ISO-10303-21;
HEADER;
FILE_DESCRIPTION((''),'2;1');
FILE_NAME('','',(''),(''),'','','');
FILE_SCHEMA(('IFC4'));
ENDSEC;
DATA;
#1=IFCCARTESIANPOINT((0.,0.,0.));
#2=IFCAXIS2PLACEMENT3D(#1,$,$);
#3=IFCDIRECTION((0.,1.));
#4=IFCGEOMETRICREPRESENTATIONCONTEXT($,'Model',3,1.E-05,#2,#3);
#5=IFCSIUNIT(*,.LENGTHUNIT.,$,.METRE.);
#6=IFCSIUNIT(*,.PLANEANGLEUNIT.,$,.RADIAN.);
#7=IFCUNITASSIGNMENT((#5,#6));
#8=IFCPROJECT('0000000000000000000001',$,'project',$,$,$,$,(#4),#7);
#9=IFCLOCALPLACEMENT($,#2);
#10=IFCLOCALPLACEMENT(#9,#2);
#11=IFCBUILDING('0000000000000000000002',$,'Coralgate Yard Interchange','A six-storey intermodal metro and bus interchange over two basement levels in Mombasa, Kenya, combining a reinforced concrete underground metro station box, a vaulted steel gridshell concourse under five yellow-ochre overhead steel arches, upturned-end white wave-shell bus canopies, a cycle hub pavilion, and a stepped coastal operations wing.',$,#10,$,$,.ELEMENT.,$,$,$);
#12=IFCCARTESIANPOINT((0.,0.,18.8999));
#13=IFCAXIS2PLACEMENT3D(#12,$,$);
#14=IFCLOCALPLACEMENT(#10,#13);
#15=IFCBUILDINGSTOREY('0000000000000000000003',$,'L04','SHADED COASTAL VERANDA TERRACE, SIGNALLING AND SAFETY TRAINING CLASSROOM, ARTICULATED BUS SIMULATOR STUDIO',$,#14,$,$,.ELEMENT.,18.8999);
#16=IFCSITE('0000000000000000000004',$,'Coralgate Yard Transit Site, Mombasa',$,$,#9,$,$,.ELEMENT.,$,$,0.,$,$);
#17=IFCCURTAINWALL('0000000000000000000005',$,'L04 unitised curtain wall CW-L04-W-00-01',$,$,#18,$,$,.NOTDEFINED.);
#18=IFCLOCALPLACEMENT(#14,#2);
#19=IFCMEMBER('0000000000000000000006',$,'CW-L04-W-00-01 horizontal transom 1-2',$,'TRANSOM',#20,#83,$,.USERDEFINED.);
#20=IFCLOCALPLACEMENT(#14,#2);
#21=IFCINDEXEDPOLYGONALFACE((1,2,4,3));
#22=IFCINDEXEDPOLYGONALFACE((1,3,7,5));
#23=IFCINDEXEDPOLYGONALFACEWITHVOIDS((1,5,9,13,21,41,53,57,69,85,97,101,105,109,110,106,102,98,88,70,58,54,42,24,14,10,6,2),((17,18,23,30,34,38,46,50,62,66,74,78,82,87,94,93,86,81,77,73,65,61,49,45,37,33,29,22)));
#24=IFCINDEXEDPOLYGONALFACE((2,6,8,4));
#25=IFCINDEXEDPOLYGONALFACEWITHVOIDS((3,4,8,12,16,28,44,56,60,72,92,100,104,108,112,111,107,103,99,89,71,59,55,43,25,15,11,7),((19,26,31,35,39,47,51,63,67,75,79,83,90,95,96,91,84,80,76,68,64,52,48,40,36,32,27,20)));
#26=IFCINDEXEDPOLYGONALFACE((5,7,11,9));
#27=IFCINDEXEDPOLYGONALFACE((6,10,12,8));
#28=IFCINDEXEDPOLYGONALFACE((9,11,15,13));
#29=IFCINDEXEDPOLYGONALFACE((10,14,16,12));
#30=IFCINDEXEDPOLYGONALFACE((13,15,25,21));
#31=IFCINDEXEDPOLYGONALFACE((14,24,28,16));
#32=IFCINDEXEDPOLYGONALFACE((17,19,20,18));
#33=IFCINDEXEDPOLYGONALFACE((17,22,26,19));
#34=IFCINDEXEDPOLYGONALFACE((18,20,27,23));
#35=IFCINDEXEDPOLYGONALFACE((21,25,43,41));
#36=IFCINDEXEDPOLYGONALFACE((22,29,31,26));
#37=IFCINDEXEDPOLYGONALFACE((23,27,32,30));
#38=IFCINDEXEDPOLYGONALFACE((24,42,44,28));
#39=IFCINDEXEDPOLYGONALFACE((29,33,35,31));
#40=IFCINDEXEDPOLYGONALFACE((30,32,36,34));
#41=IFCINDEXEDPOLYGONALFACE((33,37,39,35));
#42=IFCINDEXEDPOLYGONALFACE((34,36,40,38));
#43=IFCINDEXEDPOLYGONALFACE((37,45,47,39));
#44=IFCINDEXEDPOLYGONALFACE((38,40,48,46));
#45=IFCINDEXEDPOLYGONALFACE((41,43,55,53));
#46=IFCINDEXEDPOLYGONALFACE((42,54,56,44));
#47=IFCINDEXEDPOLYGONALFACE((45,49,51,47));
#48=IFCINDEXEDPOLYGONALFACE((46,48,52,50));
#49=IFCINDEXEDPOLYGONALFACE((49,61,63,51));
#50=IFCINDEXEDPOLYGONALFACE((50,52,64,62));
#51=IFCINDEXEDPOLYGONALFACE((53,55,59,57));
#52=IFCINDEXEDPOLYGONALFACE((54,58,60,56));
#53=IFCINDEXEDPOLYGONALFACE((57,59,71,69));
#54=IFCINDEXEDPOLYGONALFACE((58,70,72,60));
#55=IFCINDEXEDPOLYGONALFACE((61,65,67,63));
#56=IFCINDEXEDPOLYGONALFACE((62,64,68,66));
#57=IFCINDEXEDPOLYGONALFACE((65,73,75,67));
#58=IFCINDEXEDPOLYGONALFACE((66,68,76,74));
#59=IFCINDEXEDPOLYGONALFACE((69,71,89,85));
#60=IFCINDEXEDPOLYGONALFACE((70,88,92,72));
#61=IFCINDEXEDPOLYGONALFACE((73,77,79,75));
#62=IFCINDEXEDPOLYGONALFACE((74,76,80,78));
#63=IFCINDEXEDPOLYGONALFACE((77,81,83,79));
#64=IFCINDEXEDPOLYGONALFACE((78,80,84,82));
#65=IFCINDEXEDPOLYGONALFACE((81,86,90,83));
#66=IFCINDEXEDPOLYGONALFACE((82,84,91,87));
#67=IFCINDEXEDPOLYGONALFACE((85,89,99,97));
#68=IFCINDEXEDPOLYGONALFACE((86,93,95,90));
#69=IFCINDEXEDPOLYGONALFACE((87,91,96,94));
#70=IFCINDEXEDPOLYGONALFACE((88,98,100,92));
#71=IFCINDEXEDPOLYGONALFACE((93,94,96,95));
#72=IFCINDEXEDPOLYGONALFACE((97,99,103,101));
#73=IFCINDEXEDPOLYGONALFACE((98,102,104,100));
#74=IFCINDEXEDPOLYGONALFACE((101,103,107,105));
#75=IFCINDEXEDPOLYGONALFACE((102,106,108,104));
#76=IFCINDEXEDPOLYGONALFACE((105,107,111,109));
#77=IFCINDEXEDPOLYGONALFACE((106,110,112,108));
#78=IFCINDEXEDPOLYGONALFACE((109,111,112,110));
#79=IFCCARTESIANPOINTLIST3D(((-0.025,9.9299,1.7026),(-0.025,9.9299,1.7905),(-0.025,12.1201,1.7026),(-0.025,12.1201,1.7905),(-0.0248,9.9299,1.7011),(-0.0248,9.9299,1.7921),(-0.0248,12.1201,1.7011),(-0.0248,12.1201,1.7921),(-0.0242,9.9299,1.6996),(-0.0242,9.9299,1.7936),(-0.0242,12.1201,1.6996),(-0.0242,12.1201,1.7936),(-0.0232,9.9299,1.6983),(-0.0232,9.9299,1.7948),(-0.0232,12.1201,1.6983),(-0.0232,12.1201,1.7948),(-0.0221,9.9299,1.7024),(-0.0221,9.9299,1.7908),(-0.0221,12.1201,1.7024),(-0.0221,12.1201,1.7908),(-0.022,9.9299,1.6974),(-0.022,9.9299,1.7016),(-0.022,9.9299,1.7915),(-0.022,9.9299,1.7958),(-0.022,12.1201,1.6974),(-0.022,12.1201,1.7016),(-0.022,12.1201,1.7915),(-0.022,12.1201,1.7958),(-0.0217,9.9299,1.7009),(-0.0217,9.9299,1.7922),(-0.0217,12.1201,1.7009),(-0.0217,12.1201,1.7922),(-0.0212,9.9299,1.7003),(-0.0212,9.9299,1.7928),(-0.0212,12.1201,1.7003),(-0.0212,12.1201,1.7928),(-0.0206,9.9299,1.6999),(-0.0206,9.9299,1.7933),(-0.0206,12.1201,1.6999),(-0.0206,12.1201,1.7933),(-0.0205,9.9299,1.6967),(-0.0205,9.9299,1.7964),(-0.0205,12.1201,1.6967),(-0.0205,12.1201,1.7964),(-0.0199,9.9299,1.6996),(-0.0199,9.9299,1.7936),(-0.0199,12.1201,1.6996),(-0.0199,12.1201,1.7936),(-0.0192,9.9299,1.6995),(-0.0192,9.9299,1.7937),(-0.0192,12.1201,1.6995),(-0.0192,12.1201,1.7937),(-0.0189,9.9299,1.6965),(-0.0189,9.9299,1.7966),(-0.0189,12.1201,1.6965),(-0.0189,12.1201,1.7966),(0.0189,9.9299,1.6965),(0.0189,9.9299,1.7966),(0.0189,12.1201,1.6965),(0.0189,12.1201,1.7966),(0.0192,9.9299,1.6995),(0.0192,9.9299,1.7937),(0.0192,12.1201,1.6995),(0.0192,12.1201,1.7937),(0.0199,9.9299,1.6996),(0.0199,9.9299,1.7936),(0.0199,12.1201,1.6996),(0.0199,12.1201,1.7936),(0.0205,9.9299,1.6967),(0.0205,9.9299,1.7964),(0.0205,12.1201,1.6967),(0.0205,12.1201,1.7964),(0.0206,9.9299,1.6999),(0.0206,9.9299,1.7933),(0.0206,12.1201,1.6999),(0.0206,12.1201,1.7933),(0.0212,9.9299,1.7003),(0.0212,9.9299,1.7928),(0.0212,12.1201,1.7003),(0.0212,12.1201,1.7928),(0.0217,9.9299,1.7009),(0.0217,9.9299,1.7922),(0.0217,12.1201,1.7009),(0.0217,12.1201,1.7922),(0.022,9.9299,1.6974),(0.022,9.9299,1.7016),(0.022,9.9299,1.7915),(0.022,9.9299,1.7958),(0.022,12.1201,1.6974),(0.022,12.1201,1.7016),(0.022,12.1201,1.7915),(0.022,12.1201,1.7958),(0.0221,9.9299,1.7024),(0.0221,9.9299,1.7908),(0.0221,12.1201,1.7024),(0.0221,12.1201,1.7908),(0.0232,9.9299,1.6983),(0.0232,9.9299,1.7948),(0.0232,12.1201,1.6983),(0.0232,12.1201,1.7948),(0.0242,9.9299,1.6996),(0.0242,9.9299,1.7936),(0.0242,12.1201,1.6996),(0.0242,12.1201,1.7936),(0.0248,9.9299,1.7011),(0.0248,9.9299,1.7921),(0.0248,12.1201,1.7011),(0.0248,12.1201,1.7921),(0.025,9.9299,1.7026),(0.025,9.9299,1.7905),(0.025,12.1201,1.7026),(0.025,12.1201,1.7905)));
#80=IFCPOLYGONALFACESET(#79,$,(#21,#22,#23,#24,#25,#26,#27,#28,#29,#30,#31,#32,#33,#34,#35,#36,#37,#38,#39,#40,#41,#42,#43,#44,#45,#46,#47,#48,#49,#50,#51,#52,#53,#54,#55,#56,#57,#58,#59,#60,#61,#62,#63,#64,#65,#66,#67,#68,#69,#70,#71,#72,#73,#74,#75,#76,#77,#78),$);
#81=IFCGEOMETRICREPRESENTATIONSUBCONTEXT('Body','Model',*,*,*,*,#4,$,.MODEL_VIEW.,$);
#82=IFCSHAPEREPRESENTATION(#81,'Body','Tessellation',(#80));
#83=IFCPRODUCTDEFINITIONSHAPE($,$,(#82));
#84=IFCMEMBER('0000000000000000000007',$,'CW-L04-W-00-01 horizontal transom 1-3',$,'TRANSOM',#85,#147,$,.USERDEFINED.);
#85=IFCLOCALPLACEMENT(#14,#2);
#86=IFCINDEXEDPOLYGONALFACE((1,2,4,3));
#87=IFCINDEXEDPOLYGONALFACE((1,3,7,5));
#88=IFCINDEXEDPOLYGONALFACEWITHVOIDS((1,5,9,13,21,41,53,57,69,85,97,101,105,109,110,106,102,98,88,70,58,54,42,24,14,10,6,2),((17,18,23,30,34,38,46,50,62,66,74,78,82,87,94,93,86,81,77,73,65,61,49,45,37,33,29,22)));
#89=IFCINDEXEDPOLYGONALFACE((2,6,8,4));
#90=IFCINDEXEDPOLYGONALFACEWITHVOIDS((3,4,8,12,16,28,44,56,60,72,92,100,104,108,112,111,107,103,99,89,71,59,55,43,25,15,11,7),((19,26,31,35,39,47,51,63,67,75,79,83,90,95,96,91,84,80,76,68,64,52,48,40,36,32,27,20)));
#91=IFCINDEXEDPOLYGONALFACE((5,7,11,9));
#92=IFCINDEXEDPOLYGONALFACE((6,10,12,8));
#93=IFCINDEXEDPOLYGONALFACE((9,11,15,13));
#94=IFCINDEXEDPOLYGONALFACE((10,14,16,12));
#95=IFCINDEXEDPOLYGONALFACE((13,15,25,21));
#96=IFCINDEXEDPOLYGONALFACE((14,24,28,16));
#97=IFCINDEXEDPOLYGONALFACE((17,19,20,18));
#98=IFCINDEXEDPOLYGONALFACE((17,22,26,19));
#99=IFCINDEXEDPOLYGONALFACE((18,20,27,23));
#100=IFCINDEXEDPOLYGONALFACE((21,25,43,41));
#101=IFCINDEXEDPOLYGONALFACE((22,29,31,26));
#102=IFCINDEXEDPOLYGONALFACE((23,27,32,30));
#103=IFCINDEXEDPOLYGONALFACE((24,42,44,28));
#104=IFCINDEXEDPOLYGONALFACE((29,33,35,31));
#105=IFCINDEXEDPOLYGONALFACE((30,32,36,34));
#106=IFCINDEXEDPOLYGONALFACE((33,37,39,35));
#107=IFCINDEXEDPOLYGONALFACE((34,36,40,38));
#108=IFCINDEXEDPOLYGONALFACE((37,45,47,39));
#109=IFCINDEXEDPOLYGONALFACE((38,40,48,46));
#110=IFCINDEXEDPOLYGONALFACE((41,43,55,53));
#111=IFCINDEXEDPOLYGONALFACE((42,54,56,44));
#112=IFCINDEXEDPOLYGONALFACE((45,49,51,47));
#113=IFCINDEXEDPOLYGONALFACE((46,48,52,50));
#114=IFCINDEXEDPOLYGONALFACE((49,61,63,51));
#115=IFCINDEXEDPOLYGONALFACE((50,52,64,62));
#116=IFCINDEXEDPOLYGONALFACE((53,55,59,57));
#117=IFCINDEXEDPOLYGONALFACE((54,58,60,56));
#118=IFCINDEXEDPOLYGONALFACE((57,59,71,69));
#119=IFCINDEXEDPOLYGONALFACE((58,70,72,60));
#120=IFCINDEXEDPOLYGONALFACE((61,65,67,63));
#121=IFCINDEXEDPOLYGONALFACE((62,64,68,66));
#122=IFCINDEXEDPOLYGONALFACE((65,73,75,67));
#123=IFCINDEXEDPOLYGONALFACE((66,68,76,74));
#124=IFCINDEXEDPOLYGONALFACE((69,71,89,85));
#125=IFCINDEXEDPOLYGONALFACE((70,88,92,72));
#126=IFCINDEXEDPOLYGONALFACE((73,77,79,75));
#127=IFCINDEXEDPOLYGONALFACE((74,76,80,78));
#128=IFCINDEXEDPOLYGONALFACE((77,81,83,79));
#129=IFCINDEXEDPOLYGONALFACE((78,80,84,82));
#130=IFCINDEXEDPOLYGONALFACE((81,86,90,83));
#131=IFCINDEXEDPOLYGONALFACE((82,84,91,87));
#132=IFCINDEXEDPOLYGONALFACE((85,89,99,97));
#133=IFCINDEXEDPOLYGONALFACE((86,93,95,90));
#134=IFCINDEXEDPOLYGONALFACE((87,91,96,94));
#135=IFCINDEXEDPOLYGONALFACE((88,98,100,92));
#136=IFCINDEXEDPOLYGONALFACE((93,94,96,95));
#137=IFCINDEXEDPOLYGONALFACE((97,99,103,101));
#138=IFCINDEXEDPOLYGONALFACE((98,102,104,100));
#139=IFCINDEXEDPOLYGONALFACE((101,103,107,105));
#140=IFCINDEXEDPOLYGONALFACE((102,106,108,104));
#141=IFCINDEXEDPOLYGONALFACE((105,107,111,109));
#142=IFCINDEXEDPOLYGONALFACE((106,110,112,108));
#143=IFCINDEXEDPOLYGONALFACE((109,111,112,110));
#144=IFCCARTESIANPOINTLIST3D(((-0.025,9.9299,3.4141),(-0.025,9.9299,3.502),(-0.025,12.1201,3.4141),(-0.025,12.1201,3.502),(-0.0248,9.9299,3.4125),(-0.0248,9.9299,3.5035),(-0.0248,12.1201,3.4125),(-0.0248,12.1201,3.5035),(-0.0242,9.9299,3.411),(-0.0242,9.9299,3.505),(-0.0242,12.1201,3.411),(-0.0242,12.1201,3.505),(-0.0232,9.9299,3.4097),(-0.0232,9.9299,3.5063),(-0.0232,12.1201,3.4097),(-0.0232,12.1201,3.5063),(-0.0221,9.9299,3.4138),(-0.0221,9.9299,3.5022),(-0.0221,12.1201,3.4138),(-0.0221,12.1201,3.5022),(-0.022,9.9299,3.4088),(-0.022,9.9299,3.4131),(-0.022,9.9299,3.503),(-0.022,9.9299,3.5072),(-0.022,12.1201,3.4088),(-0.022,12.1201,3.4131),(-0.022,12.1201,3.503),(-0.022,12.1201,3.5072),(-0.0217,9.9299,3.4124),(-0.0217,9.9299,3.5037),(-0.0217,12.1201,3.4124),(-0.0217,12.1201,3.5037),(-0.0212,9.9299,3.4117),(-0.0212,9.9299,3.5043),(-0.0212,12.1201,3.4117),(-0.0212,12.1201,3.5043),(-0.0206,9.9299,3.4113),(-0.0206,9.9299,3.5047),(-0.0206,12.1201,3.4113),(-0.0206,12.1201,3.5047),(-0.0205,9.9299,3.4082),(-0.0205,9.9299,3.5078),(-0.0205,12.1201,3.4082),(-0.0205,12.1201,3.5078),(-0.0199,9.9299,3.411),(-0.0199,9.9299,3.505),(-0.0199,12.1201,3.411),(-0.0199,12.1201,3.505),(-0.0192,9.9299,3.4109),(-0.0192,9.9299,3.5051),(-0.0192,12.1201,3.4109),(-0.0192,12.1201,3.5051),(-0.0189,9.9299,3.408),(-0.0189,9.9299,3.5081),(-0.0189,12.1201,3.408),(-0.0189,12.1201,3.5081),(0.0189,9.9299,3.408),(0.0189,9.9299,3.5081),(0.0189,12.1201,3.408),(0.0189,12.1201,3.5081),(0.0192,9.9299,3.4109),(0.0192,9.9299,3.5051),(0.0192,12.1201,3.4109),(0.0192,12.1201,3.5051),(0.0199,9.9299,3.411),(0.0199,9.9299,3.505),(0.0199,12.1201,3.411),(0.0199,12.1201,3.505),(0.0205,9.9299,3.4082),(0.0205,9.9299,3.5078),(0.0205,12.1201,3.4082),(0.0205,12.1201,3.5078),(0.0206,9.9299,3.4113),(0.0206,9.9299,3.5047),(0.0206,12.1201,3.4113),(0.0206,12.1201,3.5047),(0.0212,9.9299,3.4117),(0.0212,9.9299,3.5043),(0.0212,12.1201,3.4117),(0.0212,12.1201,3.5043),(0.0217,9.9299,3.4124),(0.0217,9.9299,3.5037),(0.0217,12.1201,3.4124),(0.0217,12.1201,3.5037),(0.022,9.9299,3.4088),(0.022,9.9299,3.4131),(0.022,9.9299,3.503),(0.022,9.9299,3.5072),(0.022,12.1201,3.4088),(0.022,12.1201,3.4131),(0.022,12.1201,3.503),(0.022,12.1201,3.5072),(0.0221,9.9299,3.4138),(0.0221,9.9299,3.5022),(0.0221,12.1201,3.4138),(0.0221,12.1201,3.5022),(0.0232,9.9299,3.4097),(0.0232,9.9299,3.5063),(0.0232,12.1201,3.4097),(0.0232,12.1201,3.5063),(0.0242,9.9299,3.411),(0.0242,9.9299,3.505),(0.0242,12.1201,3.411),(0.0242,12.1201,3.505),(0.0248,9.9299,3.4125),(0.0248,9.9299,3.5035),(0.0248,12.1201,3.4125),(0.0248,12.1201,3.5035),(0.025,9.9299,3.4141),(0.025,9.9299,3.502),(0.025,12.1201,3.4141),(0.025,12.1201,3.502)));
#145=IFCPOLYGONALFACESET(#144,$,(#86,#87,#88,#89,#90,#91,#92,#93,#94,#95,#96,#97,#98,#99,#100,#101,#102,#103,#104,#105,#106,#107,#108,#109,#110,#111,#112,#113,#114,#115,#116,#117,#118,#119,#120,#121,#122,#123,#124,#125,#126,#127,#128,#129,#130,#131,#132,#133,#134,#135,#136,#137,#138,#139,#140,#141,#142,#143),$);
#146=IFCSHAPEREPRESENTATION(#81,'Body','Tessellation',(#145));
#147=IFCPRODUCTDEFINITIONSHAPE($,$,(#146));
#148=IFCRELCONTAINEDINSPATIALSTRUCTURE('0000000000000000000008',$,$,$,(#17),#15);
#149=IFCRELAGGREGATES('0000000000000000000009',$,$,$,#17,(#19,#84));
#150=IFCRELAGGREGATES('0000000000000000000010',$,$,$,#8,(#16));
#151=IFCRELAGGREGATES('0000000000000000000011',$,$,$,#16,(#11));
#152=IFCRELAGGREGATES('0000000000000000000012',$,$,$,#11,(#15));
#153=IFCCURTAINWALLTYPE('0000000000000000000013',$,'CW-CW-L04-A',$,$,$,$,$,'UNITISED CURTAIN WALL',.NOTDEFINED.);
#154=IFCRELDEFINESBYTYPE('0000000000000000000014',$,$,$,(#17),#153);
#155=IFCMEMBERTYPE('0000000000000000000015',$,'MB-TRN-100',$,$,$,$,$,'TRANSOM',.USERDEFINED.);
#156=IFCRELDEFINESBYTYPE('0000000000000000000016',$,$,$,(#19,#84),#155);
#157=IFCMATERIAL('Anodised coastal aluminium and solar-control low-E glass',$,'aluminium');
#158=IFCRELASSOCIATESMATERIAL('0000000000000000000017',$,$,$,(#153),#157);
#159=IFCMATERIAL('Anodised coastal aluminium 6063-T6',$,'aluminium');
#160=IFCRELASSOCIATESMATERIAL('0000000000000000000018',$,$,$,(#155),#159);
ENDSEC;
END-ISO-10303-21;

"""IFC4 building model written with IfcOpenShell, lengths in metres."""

from ifc_helpers import new_model, si_unit, direction, frame, origin, origin_2d, place, context, subcontext, project, spatial, hollow_rectangle, extrude, material, material_profile, profile_set, type_object, element, aggregate, save


model = new_model("IFC4")

# Units and contexts
model_context = context("Model", 3, precision=1e-05, world=origin(), true_north=direction((0.0, 1.0)))
body_context = subcontext(model_context, "Body", "Model", "MODEL_VIEW")
ifc_project = project(units=[si_unit("LENGTHUNIT", "METRE"), si_unit("PLANEANGLEUNIT", "RADIAN")], contexts=[model_context])

# Site, building, storey
site_placement = place(None, origin())
site = spatial("IfcSite", under=ifc_project, at=site_placement, Name="Coralgate Yard Transit Site, Mombasa", CompositionType="ELEMENT", RefElevation=0.0)
building_placement = place(site_placement, origin())
building = spatial("IfcBuilding", under=site, at=building_placement, Name="Coralgate Yard Interchange", Description="A six-storey intermodal metro and bus interchange over two basement levels in Mombasa, Kenya, combining a reinforced concrete underground metro station box, a vaulted steel gridshell concourse under five yellow-ochre overhead steel arches, upturned-end white wave-shell bus canopies, a cycle hub pavilion, and a stepped coastal operations wing.", CompositionType="ELEMENT")
storey_placement = place(building_placement, frame((0.0, 0.0, 18.8999)))
storey = spatial("IfcBuildingStorey", under=building, at=storey_placement, Name="L04", Description="SHADED COASTAL VERANDA TERRACE, SIGNALLING AND SAFETY TRAINING CLASSROOM, ARTICULATED BUS SIMULATOR STUDIO", CompositionType="ELEMENT", Elevation=18.8999)

# Curtain wall, members
ifc_material_1 = material(Name="Anodised coastal aluminium and solar-control low-E glass", Category="aluminium")
curtain_wall_type = type_object("IfcCurtainWallType", Name="CW-CW-L04-A", ElementType="UNITISED CURTAIN WALL", PredefinedType="NOTDEFINED", material=ifc_material_1)
curtain_wall_placement = place(storey_placement, origin())
curtain_wall = element("IfcCurtainWall", 1, at=curtain_wall_placement, inside=storey, type_object=curtain_wall_type, Name="L04 unitised curtain wall CW-L04-W-00-01", PredefinedType="NOTDEFINED")
ifc_material_2 = material(Name="Anodised coastal aluminium 6063-T6", Category="aluminium")
ifc_material_profile_1 = material_profile(ifc_material_2, hollow_rectangle(XDim=0.05, YDim=0.1001, WallThickness=0.0029, InnerFilletRadius=0.0029, OuterFilletRadius=0.0061, at=origin_2d()), Name="ALU 50x100x3")
ifc_profile_set_1 = profile_set([ifc_material_profile_1], Name="Anodised coastal aluminium 6063-T6")
member_type_1 = type_object("IfcMemberType", Name="MB-TRN-100", ElementType="TRANSOM", PredefinedType="USERDEFINED", material=ifc_profile_set_1)
member_1_placement = place(storey_placement, frame((0.0, 9.9299, 1.7466), z_axis=(0.0, 1.0, 0.0), x_axis=(-1.0, 0.0, 0.0)))
member_1 = element("IfcMember", 2, at=member_1_placement, type_object=member_type_1, Name="CW-L04-W-00-01 horizontal transom 1-2", ObjectType="TRANSOM", PredefinedType="USERDEFINED", context=body_context, shape_type="SweptSolid", body=[
    extrude(hollow_rectangle(XDim=0.05, YDim=0.1001, WallThickness=0.0029, InnerFilletRadius=0.0029, OuterFilletRadius=0.0061, at=origin_2d()), origin(), (0.0, 0.0, 1.0), 2.1902),
])
member_2_placement = place(storey_placement, frame((0.0, 9.9299, 3.458), z_axis=(0.0, 1.0, 0.0), x_axis=(-1.0, 0.0, 0.0)))
member_2 = element("IfcMember", 3, at=member_2_placement, type_object=member_type_1, Name="CW-L04-W-00-01 horizontal transom 1-3", ObjectType="TRANSOM", PredefinedType="USERDEFINED", context=body_context, shape_type="SweptSolid", body=[
    extrude(hollow_rectangle(XDim=0.05, YDim=0.1001, WallThickness=0.0029, InnerFilletRadius=0.0029, OuterFilletRadius=0.0061, at=origin_2d()), origin(), (0.0, 0.0, 1.0), 2.1902),
])
aggregate(curtain_wall, [member_1, member_2])

save(model, "model.ifc")
